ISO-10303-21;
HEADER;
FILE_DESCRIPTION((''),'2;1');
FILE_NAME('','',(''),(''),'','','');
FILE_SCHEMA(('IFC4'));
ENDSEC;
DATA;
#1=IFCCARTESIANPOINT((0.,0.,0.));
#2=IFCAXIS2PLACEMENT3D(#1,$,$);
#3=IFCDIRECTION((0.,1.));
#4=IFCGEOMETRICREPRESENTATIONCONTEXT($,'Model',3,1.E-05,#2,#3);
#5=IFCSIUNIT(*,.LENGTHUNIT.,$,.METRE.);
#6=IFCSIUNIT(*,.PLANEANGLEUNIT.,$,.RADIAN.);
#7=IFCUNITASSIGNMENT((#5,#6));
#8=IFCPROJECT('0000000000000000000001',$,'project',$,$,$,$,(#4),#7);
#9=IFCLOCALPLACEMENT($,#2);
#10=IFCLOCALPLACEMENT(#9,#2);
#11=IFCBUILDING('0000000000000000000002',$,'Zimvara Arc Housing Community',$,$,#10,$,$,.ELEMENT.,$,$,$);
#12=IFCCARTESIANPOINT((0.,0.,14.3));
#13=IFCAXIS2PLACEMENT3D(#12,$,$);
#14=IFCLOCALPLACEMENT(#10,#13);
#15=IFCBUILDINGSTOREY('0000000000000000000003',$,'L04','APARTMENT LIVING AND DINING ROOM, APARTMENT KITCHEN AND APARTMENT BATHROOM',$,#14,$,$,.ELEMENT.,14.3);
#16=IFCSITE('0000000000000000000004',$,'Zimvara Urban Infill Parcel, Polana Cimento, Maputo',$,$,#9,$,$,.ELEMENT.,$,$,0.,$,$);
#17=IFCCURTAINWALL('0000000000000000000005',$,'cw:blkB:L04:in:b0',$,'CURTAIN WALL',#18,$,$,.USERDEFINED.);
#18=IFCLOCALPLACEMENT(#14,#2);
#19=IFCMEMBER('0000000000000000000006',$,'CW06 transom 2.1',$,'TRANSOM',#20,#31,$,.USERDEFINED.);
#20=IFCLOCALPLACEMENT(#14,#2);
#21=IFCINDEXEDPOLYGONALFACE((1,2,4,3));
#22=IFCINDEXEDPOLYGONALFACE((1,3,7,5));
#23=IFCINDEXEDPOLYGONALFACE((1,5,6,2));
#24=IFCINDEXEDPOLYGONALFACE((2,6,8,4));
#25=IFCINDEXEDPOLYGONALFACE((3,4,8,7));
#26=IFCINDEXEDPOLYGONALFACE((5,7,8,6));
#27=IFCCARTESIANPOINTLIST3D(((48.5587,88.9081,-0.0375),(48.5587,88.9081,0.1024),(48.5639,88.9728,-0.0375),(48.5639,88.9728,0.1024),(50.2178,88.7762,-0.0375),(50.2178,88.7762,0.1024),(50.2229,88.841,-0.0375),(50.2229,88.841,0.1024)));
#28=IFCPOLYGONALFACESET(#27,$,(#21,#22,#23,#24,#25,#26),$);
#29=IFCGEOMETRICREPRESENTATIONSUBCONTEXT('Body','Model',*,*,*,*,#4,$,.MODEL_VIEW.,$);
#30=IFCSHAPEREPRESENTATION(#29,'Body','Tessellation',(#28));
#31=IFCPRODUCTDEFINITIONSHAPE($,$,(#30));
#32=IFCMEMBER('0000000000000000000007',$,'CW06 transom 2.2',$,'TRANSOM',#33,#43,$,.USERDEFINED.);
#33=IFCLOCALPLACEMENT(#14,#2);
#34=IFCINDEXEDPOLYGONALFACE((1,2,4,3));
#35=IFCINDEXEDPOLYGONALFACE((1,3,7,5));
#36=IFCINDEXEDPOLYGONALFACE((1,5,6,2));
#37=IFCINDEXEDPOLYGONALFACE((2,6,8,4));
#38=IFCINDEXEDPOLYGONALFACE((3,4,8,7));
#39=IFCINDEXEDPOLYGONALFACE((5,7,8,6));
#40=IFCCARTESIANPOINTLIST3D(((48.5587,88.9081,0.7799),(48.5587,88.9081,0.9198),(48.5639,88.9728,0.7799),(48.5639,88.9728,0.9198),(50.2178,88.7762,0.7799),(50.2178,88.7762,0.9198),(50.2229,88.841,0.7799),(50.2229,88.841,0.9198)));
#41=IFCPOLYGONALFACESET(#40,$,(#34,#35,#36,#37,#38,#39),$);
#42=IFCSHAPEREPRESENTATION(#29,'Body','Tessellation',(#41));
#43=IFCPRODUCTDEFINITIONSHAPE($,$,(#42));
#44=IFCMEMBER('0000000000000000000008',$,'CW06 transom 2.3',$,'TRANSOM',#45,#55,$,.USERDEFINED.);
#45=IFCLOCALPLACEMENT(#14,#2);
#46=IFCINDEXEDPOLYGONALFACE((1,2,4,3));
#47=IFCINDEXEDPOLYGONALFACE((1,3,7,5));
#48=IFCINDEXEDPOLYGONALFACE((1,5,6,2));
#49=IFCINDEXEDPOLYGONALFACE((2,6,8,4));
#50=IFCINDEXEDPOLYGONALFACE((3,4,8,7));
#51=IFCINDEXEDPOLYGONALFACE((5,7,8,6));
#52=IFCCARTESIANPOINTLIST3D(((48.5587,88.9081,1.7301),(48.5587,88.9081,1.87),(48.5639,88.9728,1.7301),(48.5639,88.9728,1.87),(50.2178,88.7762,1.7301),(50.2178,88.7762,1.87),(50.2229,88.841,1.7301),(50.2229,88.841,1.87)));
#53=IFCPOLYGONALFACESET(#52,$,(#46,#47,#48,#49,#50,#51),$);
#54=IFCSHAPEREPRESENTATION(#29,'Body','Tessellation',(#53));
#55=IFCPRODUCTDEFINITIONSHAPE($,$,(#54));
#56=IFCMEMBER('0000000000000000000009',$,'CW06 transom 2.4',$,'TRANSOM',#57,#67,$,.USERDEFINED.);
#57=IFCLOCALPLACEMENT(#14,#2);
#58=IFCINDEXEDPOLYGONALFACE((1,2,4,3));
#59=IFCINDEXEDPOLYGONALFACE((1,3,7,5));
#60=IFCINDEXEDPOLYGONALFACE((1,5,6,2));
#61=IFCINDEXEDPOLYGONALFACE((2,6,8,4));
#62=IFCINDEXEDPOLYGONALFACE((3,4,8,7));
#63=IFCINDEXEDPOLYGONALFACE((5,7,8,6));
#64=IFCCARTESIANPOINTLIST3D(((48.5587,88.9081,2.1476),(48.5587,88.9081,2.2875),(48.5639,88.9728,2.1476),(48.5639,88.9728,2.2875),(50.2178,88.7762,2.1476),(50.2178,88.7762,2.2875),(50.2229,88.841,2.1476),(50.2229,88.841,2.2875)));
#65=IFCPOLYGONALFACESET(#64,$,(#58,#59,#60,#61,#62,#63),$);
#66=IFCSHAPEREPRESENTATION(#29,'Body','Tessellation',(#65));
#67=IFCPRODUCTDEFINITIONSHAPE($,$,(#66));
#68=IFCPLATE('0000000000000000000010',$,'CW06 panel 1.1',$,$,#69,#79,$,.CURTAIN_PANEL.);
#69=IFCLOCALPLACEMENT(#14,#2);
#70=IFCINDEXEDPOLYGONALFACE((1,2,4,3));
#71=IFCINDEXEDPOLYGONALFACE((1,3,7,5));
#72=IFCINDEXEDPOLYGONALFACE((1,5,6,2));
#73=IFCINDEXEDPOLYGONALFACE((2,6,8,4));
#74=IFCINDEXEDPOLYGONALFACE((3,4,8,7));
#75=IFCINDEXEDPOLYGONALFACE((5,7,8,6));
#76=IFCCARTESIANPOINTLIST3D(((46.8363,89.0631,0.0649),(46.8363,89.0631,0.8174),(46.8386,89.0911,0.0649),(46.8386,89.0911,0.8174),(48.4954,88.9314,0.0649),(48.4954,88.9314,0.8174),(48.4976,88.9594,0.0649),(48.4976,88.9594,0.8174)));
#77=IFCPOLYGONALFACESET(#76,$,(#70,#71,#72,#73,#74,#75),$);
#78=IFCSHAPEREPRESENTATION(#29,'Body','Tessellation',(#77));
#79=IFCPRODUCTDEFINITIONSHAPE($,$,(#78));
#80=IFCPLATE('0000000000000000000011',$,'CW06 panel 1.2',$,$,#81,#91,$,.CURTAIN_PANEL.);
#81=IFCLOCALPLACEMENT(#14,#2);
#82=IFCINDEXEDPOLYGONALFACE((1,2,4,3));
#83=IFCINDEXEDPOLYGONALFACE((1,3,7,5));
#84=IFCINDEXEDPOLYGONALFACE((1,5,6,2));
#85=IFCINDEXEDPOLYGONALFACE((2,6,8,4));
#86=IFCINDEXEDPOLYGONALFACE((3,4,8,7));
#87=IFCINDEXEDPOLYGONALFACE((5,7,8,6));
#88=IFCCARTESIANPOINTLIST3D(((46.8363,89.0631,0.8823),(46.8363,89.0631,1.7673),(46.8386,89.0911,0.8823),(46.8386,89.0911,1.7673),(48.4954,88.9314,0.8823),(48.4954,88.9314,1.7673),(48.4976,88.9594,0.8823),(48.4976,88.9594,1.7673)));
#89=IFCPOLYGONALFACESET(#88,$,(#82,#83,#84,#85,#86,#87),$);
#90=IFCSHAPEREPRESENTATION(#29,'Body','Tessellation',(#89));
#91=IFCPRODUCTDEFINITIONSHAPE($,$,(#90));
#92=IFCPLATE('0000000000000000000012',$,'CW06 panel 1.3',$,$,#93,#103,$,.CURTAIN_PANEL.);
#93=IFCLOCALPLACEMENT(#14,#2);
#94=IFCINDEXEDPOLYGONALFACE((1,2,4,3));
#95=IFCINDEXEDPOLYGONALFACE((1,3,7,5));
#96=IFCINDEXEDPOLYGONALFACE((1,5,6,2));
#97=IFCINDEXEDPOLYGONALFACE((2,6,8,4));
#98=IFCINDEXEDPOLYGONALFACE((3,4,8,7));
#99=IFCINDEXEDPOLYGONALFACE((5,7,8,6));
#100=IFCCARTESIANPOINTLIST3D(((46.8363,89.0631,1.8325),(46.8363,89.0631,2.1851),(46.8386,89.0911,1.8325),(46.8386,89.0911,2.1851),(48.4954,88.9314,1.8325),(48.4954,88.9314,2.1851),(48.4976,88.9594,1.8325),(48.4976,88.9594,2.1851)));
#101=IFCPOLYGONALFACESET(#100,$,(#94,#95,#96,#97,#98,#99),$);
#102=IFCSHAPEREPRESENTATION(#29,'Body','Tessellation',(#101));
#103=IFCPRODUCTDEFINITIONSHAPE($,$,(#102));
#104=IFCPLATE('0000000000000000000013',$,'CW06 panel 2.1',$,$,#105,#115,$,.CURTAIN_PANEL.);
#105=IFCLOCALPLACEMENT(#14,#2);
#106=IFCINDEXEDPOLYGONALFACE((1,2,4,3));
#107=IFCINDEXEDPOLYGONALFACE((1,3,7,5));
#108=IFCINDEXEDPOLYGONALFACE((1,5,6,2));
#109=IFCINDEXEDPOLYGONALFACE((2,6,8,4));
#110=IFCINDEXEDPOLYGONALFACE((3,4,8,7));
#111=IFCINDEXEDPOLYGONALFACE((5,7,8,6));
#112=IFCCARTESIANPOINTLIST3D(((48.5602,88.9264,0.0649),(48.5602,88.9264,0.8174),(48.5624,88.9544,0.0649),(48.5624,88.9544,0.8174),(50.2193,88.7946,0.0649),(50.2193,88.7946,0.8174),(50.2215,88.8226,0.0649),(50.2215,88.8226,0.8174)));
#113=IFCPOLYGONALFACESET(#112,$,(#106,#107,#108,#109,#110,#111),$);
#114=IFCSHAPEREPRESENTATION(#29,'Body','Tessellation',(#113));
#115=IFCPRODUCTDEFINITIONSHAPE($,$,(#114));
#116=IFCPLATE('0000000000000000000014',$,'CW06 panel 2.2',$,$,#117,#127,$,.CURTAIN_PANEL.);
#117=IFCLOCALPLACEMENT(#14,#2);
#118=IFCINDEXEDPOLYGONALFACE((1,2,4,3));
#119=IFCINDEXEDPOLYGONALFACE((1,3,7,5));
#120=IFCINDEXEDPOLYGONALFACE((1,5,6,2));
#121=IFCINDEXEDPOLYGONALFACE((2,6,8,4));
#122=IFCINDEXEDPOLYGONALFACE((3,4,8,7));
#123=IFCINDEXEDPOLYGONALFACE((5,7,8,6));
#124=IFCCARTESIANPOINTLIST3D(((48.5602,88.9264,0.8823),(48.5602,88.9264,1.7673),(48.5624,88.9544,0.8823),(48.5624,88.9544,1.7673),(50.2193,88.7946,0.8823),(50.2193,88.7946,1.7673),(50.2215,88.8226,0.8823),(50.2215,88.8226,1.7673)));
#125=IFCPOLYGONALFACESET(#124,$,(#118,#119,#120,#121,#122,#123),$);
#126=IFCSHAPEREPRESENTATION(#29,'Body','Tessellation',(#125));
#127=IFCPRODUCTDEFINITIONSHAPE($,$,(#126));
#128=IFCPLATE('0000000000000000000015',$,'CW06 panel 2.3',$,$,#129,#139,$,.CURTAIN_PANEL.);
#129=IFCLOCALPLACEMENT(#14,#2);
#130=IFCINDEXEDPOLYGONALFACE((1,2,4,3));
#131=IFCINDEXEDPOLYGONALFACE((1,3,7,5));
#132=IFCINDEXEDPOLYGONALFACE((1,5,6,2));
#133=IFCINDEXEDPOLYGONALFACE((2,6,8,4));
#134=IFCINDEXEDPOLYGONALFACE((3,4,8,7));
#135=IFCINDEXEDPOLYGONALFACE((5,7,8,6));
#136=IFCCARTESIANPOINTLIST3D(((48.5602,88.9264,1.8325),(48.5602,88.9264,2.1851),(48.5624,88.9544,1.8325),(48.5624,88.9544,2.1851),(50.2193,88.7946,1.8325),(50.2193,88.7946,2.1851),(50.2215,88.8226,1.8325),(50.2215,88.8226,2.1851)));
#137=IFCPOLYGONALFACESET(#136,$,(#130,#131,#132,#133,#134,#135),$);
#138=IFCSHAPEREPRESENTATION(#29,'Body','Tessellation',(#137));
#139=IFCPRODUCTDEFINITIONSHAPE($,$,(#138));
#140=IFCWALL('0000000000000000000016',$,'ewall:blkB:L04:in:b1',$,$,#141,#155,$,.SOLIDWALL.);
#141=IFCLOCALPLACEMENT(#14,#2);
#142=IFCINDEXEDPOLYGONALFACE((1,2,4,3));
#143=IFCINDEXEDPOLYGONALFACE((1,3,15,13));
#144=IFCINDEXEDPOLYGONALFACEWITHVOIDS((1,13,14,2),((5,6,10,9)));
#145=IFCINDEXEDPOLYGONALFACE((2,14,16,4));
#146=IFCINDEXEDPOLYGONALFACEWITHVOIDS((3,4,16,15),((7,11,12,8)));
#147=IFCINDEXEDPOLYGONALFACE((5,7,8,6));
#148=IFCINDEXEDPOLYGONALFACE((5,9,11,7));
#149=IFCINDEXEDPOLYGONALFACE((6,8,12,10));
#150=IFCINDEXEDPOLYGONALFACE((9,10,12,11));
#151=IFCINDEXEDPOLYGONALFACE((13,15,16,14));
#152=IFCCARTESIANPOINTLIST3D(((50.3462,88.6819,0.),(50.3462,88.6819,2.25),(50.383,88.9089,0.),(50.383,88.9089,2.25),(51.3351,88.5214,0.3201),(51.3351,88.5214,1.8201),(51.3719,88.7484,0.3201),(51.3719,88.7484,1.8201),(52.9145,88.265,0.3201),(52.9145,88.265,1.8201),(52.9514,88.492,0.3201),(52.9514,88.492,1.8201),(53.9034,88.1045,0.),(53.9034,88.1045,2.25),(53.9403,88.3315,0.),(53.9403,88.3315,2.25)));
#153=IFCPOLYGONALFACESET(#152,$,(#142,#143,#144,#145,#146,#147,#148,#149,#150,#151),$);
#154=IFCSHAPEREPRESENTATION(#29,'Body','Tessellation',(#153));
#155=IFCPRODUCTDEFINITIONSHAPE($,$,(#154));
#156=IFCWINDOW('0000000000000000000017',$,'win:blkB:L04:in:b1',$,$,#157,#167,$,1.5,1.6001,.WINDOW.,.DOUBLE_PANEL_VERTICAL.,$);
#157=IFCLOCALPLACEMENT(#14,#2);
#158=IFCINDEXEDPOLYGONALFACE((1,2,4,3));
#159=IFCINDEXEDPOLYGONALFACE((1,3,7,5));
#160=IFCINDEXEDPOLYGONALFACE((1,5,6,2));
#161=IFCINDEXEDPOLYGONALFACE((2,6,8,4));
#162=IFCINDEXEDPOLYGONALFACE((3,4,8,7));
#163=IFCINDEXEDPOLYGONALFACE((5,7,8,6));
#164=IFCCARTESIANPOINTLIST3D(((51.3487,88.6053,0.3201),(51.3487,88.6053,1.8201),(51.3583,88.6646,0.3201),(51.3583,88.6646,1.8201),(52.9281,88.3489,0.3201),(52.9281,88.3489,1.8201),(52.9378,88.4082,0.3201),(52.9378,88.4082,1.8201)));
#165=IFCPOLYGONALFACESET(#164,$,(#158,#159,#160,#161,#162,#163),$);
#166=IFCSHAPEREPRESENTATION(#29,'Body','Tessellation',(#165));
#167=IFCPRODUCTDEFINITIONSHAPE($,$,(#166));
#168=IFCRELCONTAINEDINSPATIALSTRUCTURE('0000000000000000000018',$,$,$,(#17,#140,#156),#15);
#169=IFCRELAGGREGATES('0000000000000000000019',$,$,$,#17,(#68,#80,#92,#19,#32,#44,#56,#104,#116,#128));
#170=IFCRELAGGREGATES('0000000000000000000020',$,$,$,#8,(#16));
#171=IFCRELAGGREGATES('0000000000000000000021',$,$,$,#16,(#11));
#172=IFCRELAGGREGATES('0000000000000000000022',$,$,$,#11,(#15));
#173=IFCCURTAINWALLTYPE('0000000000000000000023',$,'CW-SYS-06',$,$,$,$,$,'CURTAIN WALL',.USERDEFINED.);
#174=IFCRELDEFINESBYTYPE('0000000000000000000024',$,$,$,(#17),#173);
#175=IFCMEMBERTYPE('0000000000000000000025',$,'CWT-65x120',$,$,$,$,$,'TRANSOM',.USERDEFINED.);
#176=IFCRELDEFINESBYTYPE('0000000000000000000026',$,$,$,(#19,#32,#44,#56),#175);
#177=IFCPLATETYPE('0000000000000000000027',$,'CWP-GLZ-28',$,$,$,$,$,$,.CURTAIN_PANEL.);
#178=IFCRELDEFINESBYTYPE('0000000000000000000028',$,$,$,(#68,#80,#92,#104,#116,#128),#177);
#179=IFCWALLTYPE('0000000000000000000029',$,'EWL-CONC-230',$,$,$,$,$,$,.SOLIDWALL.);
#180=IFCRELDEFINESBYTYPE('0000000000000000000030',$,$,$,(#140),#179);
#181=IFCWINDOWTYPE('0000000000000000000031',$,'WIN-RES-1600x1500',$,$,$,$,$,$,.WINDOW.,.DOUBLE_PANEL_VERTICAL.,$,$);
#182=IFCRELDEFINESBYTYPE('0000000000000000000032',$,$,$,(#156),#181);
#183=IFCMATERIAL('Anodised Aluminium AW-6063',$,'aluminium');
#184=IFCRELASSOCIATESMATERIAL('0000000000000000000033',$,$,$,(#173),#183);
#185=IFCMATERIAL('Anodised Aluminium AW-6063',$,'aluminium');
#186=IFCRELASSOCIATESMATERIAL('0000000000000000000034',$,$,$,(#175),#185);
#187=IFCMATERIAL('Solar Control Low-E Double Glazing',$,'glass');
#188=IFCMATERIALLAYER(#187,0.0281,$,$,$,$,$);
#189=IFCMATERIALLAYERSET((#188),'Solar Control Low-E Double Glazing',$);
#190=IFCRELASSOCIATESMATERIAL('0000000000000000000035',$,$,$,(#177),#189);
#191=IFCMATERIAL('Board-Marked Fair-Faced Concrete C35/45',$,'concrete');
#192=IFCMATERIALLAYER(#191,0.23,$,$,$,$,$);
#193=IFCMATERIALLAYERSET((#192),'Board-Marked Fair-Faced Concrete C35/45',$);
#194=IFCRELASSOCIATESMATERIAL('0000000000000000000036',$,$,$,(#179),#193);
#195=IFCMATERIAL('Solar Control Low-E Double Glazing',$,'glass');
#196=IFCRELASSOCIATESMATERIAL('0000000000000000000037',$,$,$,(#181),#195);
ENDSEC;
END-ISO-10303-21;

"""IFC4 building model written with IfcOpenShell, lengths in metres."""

from ifc_helpers import new_model, si_unit, direction, frame, frame_2d, origin, origin_2d, place, context, subcontext, project, spatial, rectangle, extrude, material, layer, layer_set, material_profile, profile_set, type_object, element, fill, aggregate, save


model = new_model("IFC4")

# Units and contexts
model_context = context("Model", 3, precision=1e-05, world=origin(), true_north=direction((0.0, 1.0)))
body_context = subcontext(model_context, "Body", "Model", "MODEL_VIEW")
ifc_project = project(units=[si_unit("LENGTHUNIT", "METRE"), si_unit("PLANEANGLEUNIT", "RADIAN")], contexts=[model_context])

# Site, building, storey
site_placement = place(None, origin())
site = spatial("IfcSite", under=ifc_project, at=site_placement, Name="Zimvara Urban Infill Parcel, Polana Cimento, Maputo", CompositionType="ELEMENT", RefElevation=0.0)
building_placement = place(site_placement, origin())
building = spatial("IfcBuilding", under=site, at=building_placement, Name="Zimvara Arc Housing Community", CompositionType="ELEMENT")
storey_placement = place(building_placement, frame((0.0, 0.0, 14.3)))
storey = spatial("IfcBuildingStorey", under=building, at=storey_placement, Name="L04", Description="APARTMENT LIVING AND DINING ROOM, APARTMENT KITCHEN AND APARTMENT BATHROOM", CompositionType="ELEMENT", Elevation=14.3)

# Curtain wall, members, plates
ifc_material_1 = material(Name="Anodised Aluminium AW-6063", Category="aluminium")
curtain_wall_type = type_object("IfcCurtainWallType", Name="CW-SYS-06", ElementType="CURTAIN WALL", PredefinedType="USERDEFINED", material=ifc_material_1)
curtain_wall_placement = place(storey_placement, origin())
curtain_wall = element("IfcCurtainWall", 1, at=curtain_wall_placement, inside=storey, type_object=curtain_wall_type, Name="cw:blkB:L04:in:b0", ObjectType="CURTAIN WALL", PredefinedType="USERDEFINED")
ifc_material_2 = material(Name="Anodised Aluminium AW-6063", Category="aluminium")
ifc_material_profile_1 = material_profile(ifc_material_2, rectangle(XDim=0.0649, YDim=0.1399, at=origin_2d()), Name="ALU 65x140")
ifc_profile_set_1 = profile_set([ifc_material_profile_1], Name="Anodised Aluminium AW-6063")
member_type_1 = type_object("IfcMemberType", Name="CWT-65x120", ElementType="TRANSOM", PredefinedType="USERDEFINED", material=ifc_profile_set_1)
member_1_placement = place(storey_placement, frame((48.5613, 88.9404, 0.0325), z_axis=(0.996858, -0.079209, 0.0), x_axis=(0.079209, 0.996858, 0.0)))
member_1 = element("IfcMember", 2, at=member_1_placement, type_object=member_type_1, Name="CW06 transom 2.1", ObjectType="TRANSOM", PredefinedType="USERDEFINED", context=body_context, shape_type="SweptSolid", body=[
    extrude(rectangle(XDim=0.0649, YDim=0.1399, at=origin_2d()), origin(), (0.0, 0.0, 1.0), 1.6643),
])
member_2_placement = place(storey_placement, frame((48.5613, 88.9404, 0.8499), z_axis=(0.996858, -0.079209, 0.0), x_axis=(0.079209, 0.996858, 0.0)))
member_2 = element("IfcMember", 3, at=member_2_placement, type_object=member_type_1, Name="CW06 transom 2.2", ObjectType="TRANSOM", PredefinedType="USERDEFINED", context=body_context, shape_type="SweptSolid", body=[
    extrude(rectangle(XDim=0.0649, YDim=0.1399, at=origin_2d()), origin(), (0.0, 0.0, 1.0), 1.6643),
])
member_3_placement = place(storey_placement, frame((48.5613, 88.9404, 1.8), z_axis=(0.996858, -0.079209, 0.0), x_axis=(0.079209, 0.996858, 0.0)))
member_3 = element("IfcMember", 4, at=member_3_placement, type_object=member_type_1, Name="CW06 transom 2.3", ObjectType="TRANSOM", PredefinedType="USERDEFINED", context=body_context, shape_type="SweptSolid", body=[
    extrude(rectangle(XDim=0.0649, YDim=0.1399, at=origin_2d()), origin(), (0.0, 0.0, 1.0), 1.6643),
])
member_4_placement = place(storey_placement, frame((48.5613, 88.9404, 2.2175), z_axis=(0.996858, -0.079209, 0.0), x_axis=(0.079209, 0.996858, 0.0)))
member_4 = element("IfcMember", 5, at=member_4_placement, type_object=member_type_1, Name="CW06 transom 2.4", ObjectType="TRANSOM", PredefinedType="USERDEFINED", context=body_context, shape_type="SweptSolid", body=[
    extrude(rectangle(XDim=0.0649, YDim=0.1399, at=origin_2d()), origin(), (0.0, 0.0, 1.0), 1.6643),
])
ifc_material_3 = material(Name="Solar Control Low-E Double Glazing", Category="glass")
ifc_layer_1 = layer(ifc_material_3, 0.0281)
ifc_layer_set_1 = layer_set([ifc_layer_1], Name="Solar Control Low-E Double Glazing")
plate_type = type_object("IfcPlateType", Name="CWP-GLZ-28", PredefinedType="CURTAIN_PANEL", material=ifc_layer_set_1)
plate_1_placement = place(storey_placement, frame((47.667, 89.0112, 0.0649), z_axis=(0.0, 0.0, 1.0), x_axis=(0.996862, -0.079155, 0.0)))
plate_1 = element("IfcPlate", 6, at=plate_1_placement, type_object=plate_type, Name="CW06 panel 1.1", PredefinedType="CURTAIN_PANEL", context=body_context, shape_type="SweptSolid", body=[
    extrude(rectangle(XDim=1.6643, YDim=0.0281, at=origin_2d()), origin(), (0.0, 0.0, 1.0), 0.7524),
])
plate_2_placement = place(storey_placement, frame((47.667, 89.0112, 0.8823), z_axis=(0.0, 0.0, 1.0), x_axis=(0.996862, -0.079155, 0.0)))
plate_2 = element("IfcPlate", 7, at=plate_2_placement, type_object=plate_type, Name="CW06 panel 1.2", PredefinedType="CURTAIN_PANEL", context=body_context, shape_type="SweptSolid", body=[
    extrude(rectangle(XDim=1.6643, YDim=0.0281, at=origin_2d()), origin(), (0.0, 0.0, 1.0), 0.885),
])
plate_3_placement = place(storey_placement, frame((47.667, 89.0112, 1.8325), z_axis=(0.0, 0.0, 1.0), x_axis=(0.996862, -0.079155, 0.0)))
plate_3 = element("IfcPlate", 8, at=plate_3_placement, type_object=plate_type, Name="CW06 panel 1.3", PredefinedType="CURTAIN_PANEL", context=body_context, shape_type="SweptSolid", body=[
    extrude(rectangle(XDim=1.6643, YDim=0.0281, at=origin_2d()), origin(), (0.0, 0.0, 1.0), 0.3525),
])
plate_4_placement = place(storey_placement, frame((49.3909, 88.8745, 0.0649), z_axis=(0.0, 0.0, 1.0), x_axis=(0.996862, -0.079155, 0.0)))
plate_4 = element("IfcPlate", 9, at=plate_4_placement, type_object=plate_type, Name="CW06 panel 2.1", PredefinedType="CURTAIN_PANEL", context=body_context, shape_type="SweptSolid", body=[
    extrude(rectangle(XDim=1.6643, YDim=0.0281, at=origin_2d()), origin(), (0.0, 0.0, 1.0), 0.7524),
])
plate_5_placement = place(storey_placement, frame((49.3909, 88.8745, 0.8823), z_axis=(0.0, 0.0, 1.0), x_axis=(0.996862, -0.079155, 0.0)))
plate_5 = element("IfcPlate", 10, at=plate_5_placement, type_object=plate_type, Name="CW06 panel 2.2", PredefinedType="CURTAIN_PANEL", context=body_context, shape_type="SweptSolid", body=[
    extrude(rectangle(XDim=1.6643, YDim=0.0281, at=origin_2d()), origin(), (0.0, 0.0, 1.0), 0.885),
])
plate_6_placement = place(storey_placement, frame((49.3909, 88.8745, 1.8325), z_axis=(0.0, 0.0, 1.0), x_axis=(0.996862, -0.079155, 0.0)))
plate_6 = element("IfcPlate", 11, at=plate_6_placement, type_object=plate_type, Name="CW06 panel 2.3", PredefinedType="CURTAIN_PANEL", context=body_context, shape_type="SweptSolid", body=[
    extrude(rectangle(XDim=1.6643, YDim=0.0281, at=origin_2d()), origin(), (0.0, 0.0, 1.0), 0.3525),
])
aggregate(curtain_wall, [plate_1, plate_2, plate_3, member_1, member_2, member_3, member_4, plate_4, plate_5, plate_6])

# Wall, opening, window
ifc_material_4 = material(Name="Board-Marked Fair-Faced Concrete C35/45", Category="concrete")
ifc_layer_2 = layer(ifc_material_4, 0.23)
ifc_layer_set_2 = layer_set([ifc_layer_2], Name="Board-Marked Fair-Faced Concrete C35/45")
wall_type_1 = type_object("IfcWallType", Name="EWL-CONC-230", PredefinedType="SOLIDWALL", material=ifc_layer_set_2)
wall_1_placement = place(storey_placement, frame((50.3647, 88.7954, 0.0), z_axis=(0.0, 0.0, 1.0), x_axis=(0.987081, -0.160223, 0.0)))
wall_1 = element("IfcWall", 12, at=wall_1_placement, inside=storey, type_object=wall_type_1, Name="ewall:blkB:L04:in:b1", PredefinedType="SOLIDWALL", context=body_context, shape_type="SweptSolid", body=[
    extrude(rectangle(XDim=3.6038, YDim=0.23, at=frame_2d((1.8018, 0.0))), origin(), (0.0, 0.0, 1.0), 2.25),
])
opening_1_placement = place(wall_1_placement, frame((1.0017, 0.0, 0.3201)))
opening_1 = element("IfcOpeningElement", 13, at=opening_1_placement, cuts=wall_1, PredefinedType="OPENING", context=body_context, shape_type="SweptSolid", body=[
    extrude(rectangle(XDim=1.6001, YDim=1.5, at=frame_2d((0.8, 0.75))), frame((0.0, 0.125, 0.0), z_axis=(0.0, -1.0, 0.0), x_axis=(1.0, 0.0, 0.0)), (0.0, 0.0, 1.0), 0.25),
])
ifc_material_5 = material(Name="Solar Control Low-E Double Glazing", Category="glass")
window_type_1 = type_object("IfcWindowType", Name="WIN-RES-1600x1500", PartitioningType="DOUBLE_PANEL_VERTICAL", PredefinedType="WINDOW", material=ifc_material_5)
window_1_placement = place(opening_1_placement, origin())
window_1 = element("IfcWindow", 14, at=window_1_placement, inside=storey, type_object=window_type_1, Name="win:blkB:L04:in:b1", OverallHeight=1.5, OverallWidth=1.6001, PartitioningType="DOUBLE_PANEL_VERTICAL", PredefinedType="WINDOW", context=body_context, shape_type="SweptSolid", body=[
    extrude(rectangle(XDim=1.6001, YDim=1.5, at=frame_2d((0.8, 0.75))), frame((0.0, 0.03, 0.0), z_axis=(0.0, -1.0, 0.0), x_axis=(1.0, 0.0, 0.0)), (0.0, 0.0, 1.0), 0.0601),
])
fill(opening_1, window_1)

save(model, "model.ifc")
